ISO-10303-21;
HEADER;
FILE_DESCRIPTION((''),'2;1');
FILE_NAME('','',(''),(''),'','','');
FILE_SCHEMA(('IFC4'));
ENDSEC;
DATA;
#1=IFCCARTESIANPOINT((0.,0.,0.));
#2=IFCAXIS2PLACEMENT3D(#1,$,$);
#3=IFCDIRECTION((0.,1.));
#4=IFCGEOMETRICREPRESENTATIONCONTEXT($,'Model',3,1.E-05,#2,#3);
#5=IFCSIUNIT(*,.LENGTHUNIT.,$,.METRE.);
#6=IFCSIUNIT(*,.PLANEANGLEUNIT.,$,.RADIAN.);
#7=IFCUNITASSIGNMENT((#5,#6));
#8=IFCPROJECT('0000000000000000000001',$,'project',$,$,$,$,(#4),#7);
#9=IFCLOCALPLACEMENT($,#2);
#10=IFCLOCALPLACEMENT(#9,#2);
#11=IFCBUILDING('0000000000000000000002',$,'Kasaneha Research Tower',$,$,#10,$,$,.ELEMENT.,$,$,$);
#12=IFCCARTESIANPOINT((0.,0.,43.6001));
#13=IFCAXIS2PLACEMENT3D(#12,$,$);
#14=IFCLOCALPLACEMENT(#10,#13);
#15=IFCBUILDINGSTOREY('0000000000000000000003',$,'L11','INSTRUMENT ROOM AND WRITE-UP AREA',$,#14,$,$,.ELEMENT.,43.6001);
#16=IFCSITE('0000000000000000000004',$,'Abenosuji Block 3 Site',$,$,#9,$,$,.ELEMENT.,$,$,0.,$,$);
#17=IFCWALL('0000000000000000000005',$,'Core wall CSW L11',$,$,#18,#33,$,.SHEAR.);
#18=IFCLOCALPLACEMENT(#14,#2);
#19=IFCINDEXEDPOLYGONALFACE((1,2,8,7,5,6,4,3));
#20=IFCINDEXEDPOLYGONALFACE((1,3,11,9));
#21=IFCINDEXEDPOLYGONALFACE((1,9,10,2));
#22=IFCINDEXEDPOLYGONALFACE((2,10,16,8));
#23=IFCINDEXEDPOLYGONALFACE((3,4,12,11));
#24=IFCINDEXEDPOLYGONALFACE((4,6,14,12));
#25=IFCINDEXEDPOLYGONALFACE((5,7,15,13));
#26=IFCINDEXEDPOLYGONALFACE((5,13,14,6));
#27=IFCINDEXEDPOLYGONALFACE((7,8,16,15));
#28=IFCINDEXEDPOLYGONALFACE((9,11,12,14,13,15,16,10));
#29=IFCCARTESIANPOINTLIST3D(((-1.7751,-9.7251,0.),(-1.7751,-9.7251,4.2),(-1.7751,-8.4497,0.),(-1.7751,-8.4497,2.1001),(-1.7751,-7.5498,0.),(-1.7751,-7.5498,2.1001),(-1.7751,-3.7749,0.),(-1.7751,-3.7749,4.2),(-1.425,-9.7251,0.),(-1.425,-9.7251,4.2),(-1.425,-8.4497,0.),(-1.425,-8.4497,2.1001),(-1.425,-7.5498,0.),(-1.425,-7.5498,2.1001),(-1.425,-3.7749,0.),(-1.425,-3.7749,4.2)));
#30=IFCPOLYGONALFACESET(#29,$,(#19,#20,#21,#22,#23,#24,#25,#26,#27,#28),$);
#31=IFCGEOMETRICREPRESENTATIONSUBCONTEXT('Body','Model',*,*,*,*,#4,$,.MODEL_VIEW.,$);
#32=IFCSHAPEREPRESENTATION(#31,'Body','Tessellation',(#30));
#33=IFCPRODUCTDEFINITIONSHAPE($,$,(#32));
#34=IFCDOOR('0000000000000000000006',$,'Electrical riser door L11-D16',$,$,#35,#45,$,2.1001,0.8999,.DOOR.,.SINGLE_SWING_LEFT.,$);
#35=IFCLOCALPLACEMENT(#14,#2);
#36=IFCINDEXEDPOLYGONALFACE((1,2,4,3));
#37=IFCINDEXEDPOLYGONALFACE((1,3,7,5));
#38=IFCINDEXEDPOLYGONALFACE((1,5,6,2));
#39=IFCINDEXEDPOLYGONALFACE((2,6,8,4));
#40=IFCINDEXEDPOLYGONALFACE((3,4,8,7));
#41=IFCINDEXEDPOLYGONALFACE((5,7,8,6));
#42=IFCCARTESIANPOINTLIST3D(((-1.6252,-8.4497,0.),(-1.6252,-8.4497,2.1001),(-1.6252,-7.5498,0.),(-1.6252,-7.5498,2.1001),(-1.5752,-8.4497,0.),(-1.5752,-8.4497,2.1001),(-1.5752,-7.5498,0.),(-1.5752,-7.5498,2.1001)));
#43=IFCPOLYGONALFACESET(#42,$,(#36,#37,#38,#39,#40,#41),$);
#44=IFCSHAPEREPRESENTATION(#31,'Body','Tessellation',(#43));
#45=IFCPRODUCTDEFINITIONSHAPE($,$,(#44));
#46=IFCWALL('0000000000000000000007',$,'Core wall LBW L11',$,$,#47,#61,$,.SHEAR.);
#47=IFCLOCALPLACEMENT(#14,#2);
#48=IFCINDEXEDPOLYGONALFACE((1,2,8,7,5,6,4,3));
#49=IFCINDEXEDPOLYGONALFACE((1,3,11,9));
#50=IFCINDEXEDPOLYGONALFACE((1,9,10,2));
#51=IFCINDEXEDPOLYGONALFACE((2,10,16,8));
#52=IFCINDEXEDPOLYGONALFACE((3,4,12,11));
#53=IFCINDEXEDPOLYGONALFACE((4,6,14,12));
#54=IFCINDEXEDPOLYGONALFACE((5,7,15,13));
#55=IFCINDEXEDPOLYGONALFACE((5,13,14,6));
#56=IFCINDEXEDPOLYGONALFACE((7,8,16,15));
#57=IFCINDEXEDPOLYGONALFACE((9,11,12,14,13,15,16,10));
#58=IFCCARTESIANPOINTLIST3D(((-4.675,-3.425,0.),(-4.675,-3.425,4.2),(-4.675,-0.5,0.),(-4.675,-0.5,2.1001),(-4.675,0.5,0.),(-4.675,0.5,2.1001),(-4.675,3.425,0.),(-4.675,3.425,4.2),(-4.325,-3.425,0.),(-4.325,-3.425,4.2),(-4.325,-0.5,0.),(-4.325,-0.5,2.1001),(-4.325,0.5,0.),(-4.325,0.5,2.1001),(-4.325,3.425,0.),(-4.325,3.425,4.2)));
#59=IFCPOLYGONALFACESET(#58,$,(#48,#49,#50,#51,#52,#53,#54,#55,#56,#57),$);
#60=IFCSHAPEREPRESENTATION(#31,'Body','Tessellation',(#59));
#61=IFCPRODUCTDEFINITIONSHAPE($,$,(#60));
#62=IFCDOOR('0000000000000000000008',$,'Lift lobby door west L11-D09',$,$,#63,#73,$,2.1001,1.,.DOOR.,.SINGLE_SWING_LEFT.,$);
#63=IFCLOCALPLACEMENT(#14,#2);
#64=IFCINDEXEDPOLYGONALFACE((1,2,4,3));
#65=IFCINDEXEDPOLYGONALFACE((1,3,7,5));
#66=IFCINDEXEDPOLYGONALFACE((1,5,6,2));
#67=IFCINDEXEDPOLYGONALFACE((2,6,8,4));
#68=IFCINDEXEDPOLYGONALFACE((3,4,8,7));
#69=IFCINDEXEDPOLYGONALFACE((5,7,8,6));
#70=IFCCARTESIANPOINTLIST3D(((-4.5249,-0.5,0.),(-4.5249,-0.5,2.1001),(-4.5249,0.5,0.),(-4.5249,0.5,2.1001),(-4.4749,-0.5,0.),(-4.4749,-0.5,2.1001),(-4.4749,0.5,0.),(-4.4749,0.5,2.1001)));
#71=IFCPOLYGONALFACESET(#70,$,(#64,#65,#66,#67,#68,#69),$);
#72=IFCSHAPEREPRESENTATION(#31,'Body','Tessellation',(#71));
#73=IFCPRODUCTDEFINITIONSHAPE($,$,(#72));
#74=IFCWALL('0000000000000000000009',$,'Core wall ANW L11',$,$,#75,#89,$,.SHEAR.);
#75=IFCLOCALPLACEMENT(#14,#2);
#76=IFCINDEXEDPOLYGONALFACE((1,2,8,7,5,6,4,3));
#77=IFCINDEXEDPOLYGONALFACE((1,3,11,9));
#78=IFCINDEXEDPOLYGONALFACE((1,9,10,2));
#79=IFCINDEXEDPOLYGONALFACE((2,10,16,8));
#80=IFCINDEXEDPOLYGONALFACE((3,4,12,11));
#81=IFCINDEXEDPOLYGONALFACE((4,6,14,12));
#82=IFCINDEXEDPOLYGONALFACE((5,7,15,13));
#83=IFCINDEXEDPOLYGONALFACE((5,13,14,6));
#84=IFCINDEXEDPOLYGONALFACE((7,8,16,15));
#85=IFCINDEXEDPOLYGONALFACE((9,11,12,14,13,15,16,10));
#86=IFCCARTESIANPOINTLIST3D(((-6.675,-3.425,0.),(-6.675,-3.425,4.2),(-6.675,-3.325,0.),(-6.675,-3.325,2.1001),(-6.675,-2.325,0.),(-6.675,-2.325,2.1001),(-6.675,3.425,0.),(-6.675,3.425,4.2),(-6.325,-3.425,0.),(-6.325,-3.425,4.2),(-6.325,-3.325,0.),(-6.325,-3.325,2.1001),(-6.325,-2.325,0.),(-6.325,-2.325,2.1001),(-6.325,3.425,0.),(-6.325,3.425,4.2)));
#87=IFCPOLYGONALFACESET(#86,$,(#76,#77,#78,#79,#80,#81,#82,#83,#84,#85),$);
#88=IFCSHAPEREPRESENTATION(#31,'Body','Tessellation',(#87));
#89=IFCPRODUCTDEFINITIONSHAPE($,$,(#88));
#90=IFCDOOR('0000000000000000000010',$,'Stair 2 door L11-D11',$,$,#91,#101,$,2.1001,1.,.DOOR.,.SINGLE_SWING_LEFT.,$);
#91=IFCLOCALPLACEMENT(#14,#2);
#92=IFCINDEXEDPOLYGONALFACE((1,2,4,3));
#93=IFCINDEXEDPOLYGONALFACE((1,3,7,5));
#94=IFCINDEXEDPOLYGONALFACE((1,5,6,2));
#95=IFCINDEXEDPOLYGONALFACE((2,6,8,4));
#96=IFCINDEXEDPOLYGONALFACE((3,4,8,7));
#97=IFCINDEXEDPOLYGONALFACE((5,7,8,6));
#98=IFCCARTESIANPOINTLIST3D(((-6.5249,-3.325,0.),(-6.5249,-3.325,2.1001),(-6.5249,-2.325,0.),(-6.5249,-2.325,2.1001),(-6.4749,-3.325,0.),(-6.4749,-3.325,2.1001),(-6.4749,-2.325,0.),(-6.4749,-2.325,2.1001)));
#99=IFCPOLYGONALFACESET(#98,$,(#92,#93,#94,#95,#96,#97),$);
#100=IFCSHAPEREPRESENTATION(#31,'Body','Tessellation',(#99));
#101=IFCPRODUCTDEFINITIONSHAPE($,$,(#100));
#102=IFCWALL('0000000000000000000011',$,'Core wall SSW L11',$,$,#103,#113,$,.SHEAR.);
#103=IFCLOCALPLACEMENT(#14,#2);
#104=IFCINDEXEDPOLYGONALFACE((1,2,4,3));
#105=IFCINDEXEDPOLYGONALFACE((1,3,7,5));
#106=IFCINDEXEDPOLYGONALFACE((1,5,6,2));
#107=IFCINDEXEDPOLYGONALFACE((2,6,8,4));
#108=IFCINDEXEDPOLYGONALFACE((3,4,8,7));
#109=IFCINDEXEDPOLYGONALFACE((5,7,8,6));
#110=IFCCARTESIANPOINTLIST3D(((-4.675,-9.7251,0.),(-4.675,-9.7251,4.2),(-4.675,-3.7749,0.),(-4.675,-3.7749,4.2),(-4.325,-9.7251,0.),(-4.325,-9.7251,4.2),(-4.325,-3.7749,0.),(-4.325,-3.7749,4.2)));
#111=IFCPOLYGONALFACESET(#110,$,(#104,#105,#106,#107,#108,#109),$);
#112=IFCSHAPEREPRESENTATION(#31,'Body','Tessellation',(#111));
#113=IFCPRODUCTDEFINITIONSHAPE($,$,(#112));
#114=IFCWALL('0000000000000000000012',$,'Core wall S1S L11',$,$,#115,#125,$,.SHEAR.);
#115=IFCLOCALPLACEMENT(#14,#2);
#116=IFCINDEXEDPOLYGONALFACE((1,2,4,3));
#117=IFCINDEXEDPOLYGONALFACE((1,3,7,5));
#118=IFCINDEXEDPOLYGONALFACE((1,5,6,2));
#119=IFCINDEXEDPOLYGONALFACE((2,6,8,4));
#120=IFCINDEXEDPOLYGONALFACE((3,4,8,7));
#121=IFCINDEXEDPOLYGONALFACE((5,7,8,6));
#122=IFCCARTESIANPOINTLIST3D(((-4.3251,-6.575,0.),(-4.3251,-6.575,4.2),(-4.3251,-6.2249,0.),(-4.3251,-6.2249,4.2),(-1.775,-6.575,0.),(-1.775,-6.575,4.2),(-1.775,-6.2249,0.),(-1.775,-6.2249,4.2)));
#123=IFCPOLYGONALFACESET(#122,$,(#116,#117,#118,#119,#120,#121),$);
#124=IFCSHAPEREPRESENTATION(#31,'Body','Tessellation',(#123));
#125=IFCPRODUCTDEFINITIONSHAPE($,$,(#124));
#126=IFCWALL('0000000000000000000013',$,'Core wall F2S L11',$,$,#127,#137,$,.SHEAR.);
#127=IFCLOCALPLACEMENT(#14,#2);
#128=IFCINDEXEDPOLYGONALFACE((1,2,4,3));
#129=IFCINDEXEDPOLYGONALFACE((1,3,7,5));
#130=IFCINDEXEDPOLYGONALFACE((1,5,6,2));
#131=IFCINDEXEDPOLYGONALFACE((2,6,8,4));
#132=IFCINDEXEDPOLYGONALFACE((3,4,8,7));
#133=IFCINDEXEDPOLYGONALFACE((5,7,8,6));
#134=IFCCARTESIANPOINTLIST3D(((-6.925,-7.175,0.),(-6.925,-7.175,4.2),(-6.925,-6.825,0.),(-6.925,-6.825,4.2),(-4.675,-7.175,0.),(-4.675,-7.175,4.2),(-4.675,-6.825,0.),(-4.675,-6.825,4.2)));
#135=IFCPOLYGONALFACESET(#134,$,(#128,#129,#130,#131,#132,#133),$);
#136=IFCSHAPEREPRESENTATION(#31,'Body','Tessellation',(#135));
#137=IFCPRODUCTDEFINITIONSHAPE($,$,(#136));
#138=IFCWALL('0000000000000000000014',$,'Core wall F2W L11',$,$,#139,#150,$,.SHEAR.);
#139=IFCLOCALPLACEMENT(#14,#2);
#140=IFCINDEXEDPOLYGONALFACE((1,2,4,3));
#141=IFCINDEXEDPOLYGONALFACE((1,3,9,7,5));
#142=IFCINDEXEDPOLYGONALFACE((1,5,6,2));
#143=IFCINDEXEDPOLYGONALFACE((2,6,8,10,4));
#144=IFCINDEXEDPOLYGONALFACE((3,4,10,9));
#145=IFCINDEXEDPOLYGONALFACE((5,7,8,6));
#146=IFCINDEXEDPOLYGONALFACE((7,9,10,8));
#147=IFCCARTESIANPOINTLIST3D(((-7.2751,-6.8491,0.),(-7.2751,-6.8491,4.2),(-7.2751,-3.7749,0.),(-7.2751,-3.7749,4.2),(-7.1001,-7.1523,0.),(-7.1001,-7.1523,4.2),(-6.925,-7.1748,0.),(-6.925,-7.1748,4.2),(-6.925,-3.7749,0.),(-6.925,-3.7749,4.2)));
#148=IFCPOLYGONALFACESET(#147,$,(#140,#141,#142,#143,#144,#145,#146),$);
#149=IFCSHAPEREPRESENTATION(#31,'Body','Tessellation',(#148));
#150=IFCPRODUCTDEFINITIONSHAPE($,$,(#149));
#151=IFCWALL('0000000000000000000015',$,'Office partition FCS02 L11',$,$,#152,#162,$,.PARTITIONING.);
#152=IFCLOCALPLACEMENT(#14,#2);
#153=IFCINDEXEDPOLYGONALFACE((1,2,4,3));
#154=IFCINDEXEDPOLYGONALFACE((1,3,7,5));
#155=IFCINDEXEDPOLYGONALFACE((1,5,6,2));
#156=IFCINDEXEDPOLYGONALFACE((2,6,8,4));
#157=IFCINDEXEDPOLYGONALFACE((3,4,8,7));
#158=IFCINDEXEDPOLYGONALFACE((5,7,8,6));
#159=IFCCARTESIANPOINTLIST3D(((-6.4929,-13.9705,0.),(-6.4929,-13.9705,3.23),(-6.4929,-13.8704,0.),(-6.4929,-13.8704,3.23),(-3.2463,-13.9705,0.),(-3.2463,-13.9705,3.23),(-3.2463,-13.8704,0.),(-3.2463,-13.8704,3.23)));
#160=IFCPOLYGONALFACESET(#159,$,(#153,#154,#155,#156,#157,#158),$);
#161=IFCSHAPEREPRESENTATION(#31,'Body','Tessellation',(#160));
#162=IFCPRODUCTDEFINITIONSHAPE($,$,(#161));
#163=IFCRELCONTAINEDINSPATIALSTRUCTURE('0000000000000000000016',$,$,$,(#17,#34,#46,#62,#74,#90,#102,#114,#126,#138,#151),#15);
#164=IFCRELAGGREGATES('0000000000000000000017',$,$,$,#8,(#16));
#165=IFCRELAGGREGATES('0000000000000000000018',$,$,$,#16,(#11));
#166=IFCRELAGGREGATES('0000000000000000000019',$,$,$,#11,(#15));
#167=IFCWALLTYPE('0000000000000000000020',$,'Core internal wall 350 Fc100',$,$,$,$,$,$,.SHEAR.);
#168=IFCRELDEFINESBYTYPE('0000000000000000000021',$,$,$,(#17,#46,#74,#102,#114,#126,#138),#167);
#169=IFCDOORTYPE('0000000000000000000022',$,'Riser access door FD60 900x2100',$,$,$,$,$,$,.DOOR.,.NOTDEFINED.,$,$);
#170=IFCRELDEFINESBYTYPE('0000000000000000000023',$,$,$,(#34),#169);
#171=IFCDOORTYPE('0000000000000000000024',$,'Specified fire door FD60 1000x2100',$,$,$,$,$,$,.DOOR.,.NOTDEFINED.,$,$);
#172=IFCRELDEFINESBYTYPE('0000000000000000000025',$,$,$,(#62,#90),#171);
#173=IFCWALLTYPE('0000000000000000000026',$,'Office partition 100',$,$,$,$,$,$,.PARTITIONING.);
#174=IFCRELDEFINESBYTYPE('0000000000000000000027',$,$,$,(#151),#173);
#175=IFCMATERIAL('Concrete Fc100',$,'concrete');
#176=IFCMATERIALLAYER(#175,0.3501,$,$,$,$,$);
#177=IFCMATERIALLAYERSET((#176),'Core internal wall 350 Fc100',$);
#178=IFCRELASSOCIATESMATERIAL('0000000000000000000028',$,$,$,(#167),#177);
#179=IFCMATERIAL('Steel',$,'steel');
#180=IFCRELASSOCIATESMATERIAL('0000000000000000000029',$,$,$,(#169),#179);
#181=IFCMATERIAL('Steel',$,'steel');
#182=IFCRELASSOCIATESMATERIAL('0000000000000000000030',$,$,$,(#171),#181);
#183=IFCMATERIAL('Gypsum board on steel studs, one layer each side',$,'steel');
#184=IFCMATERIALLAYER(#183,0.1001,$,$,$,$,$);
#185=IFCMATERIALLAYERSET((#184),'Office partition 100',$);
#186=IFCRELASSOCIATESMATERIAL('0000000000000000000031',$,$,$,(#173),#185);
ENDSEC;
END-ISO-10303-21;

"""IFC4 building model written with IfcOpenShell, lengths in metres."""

from ifc_helpers import new_model, si_unit, direction, frame, frame_2d, origin, place, context, subcontext, project, spatial, polyline, rectangle, outline, extrude, material, layer, layer_set, type_object, element, fill, save


model = new_model("IFC4")

# Units and contexts
model_context = context("Model", 3, precision=1e-05, world=origin(), true_north=direction((0.0, 1.0)))
body_context = subcontext(model_context, "Body", "Model", "MODEL_VIEW")
ifc_project = project(units=[si_unit("LENGTHUNIT", "METRE"), si_unit("PLANEANGLEUNIT", "RADIAN")], contexts=[model_context])

# Site, building, storey
site_placement = place(None, origin())
site = spatial("IfcSite", under=ifc_project, at=site_placement, Name="Abenosuji Block 3 Site", CompositionType="ELEMENT", RefElevation=0.0)
building_placement = place(site_placement, origin())
building = spatial("IfcBuilding", under=site, at=building_placement, Name="Kasaneha Research Tower", CompositionType="ELEMENT")
storey_placement = place(building_placement, frame((0.0, 0.0, 43.6001)))
storey = spatial("IfcBuildingStorey", under=building, at=storey_placement, Name="L11", Description="INSTRUMENT ROOM AND WRITE-UP AREA", CompositionType="ELEMENT", Elevation=43.6001)

# Walls, openings, doors
ifc_material_1 = material(Name="Concrete Fc100", Category="concrete")
ifc_layer_1 = layer(ifc_material_1, 0.3501)
ifc_layer_set_1 = layer_set([ifc_layer_1], Name="Core internal wall 350 Fc100")
wall_type_1 = type_object("IfcWallType", Name="Core internal wall 350 Fc100", PredefinedType="SHEAR", material=ifc_layer_set_1)
wall_1_placement = place(storey_placement, frame((-1.6001, -3.7749, 0.0), z_axis=(0.0, 0.0, 1.0), x_axis=(0.0, -1.0, 0.0)))
wall_1 = element("IfcWall", 1, at=wall_1_placement, inside=storey, type_object=wall_type_1, Name="Core wall CSW L11", PredefinedType="SHEAR", context=body_context, shape_type="SweptSolid", body=[
    extrude(rectangle(XDim=5.9502, YDim=0.3501, at=frame_2d((2.9751, 0.0))), origin(), (0.0, 0.0, 1.0), 4.2),
])
opening_1_placement = place(wall_1_placement, frame((3.7749, 0.0, 0.0)))
opening_1 = element("IfcOpeningElement", 2, at=opening_1_placement, cuts=wall_1, PredefinedType="OPENING", context=body_context, shape_type="SweptSolid", body=[
    extrude(rectangle(XDim=0.8999, YDim=2.1001, at=frame_2d((0.45, 1.05))), frame((0.0, 0.1851, 0.0), z_axis=(0.0, -1.0, 0.0), x_axis=(1.0, 0.0, 0.0)), (0.0, 0.0, 1.0), 0.3701),
])
ifc_material_2 = material(Name="Steel", Category="steel")
door_type_1 = type_object("IfcDoorType", Name="Riser access door FD60 900x2100", OperationType="NOTDEFINED", PredefinedType="DOOR", material=ifc_material_2)
door_1_placement = place(opening_1_placement, origin())
door_1 = element("IfcDoor", 3, at=door_1_placement, inside=storey, type_object=door_type_1, Name="Electrical riser door L11-D16", OperationType="SINGLE_SWING_LEFT", OverallHeight=2.1001, OverallWidth=0.8999, PredefinedType="DOOR", context=body_context, shape_type="SweptSolid", body=[
    extrude(rectangle(XDim=0.8999, YDim=2.1001, at=frame_2d((0.45, 1.05))), frame((0.0, 0.0249, 0.0), z_axis=(0.0, -1.0, 0.0), x_axis=(1.0, 0.0, 0.0)), (0.0, 0.0, 1.0), 0.05),
])
fill(opening_1, door_1)
wall_2_placement = place(storey_placement, frame((-4.5, -3.425, 0.0), z_axis=(0.0, 0.0, 1.0), x_axis=(0.0, 1.0, 0.0)))
wall_2 = element("IfcWall", 4, at=wall_2_placement, inside=storey, type_object=wall_type_1, Name="Core wall LBW L11", PredefinedType="SHEAR", context=body_context, shape_type="SweptSolid", body=[
    extrude(rectangle(XDim=6.8501, YDim=0.3501, at=frame_2d((3.425, 0.0))), origin(), (0.0, 0.0, 1.0), 4.2),
])
opening_2_placement = place(wall_2_placement, frame((2.925, 0.0, 0.0)))
opening_2 = element("IfcOpeningElement", 5, at=opening_2_placement, cuts=wall_2, PredefinedType="OPENING", context=body_context, shape_type="SweptSolid", body=[
    extrude(rectangle(XDim=1.0, YDim=2.1001, at=frame_2d((0.5, 1.05))), frame((0.0, 0.1851, 0.0), z_axis=(0.0, -1.0, 0.0), x_axis=(1.0, 0.0, 0.0)), (0.0, 0.0, 1.0), 0.3701),
])
ifc_material_3 = material(Name="Steel", Category="steel")
door_type_2 = type_object("IfcDoorType", Name="Specified fire door FD60 1000x2100", OperationType="NOTDEFINED", PredefinedType="DOOR", material=ifc_material_3)
door_2_placement = place(opening_2_placement, origin())
door_2 = element("IfcDoor", 6, at=door_2_placement, inside=storey, type_object=door_type_2, Name="Lift lobby door west L11-D09", OperationType="SINGLE_SWING_LEFT", OverallHeight=2.1001, OverallWidth=1.0, PredefinedType="DOOR", context=body_context, shape_type="SweptSolid", body=[
    extrude(rectangle(XDim=1.0, YDim=2.1001, at=frame_2d((0.5, 1.05))), frame((0.0, 0.0249, 0.0), z_axis=(0.0, -1.0, 0.0), x_axis=(1.0, 0.0, 0.0)), (0.0, 0.0, 1.0), 0.05),
])
fill(opening_2, door_2)
wall_3_placement = place(storey_placement, frame((-6.5, -3.425, 0.0), z_axis=(0.0, 0.0, 1.0), x_axis=(0.0, 1.0, 0.0)))
wall_3 = element("IfcWall", 7, at=wall_3_placement, inside=storey, type_object=wall_type_1, Name="Core wall ANW L11", PredefinedType="SHEAR", context=body_context, shape_type="SweptSolid", body=[
    extrude(rectangle(XDim=6.8501, YDim=0.3501, at=frame_2d((3.425, 0.0))), origin(), (0.0, 0.0, 1.0), 4.2),
])
opening_3_placement = place(wall_3_placement, frame((0.1001, 0.0, 0.0)))
opening_3 = element("IfcOpeningElement", 8, at=opening_3_placement, cuts=wall_3, PredefinedType="OPENING", context=body_context, shape_type="SweptSolid", body=[
    extrude(rectangle(XDim=1.0, YDim=2.1001, at=frame_2d((0.5, 1.05))), frame((0.0, 0.1851, 0.0), z_axis=(0.0, -1.0, 0.0), x_axis=(1.0, 0.0, 0.0)), (0.0, 0.0, 1.0), 0.3701),
])
door_3_placement = place(opening_3_placement, origin())
door_3 = element("IfcDoor", 9, at=door_3_placement, inside=storey, type_object=door_type_2, Name="Stair 2 door L11-D11", OperationType="SINGLE_SWING_LEFT", OverallHeight=2.1001, OverallWidth=1.0, PredefinedType="DOOR", context=body_context, shape_type="SweptSolid", body=[
    extrude(rectangle(XDim=1.0, YDim=2.1001, at=frame_2d((0.5, 1.05))), frame((0.0, 0.0249, 0.0), z_axis=(0.0, -1.0, 0.0), x_axis=(1.0, 0.0, 0.0)), (0.0, 0.0, 1.0), 0.05),
])
fill(opening_3, door_3)

# Walls
wall_4_placement = place(storey_placement, frame((-4.5, -3.7749, 0.0), z_axis=(0.0, 0.0, 1.0), x_axis=(0.0, -1.0, 0.0)))
element("IfcWall", 10, at=wall_4_placement, inside=storey, type_object=wall_type_1, Name="Core wall SSW L11", PredefinedType="SHEAR", context=body_context, shape_type="SweptSolid", body=[
    extrude(rectangle(XDim=5.9502, YDim=0.3501, at=frame_2d((2.9751, 0.0))), origin(), (0.0, 0.0, 1.0), 4.2),
])
wall_5_placement = place(storey_placement, frame((-4.325, -6.3999, 0.0), z_axis=(0.0, 0.0, 1.0), x_axis=(1.0, 0.0, 0.0)))
element("IfcWall", 11, at=wall_5_placement, inside=storey, type_object=wall_type_1, Name="Core wall S1S L11", PredefinedType="SHEAR", context=body_context, shape_type="SweptSolid", body=[
    extrude(rectangle(XDim=2.55, YDim=0.3501, at=frame_2d((1.2749, 0.0))), origin(), (0.0, 0.0, 1.0), 4.2),
])
wall_6_placement = place(storey_placement, frame((-6.925, -7.0, 0.0), z_axis=(0.0, 0.0, 1.0), x_axis=(1.0, 0.0, 0.0)))
element("IfcWall", 12, at=wall_6_placement, inside=storey, type_object=wall_type_1, Name="Core wall F2S L11", PredefinedType="SHEAR", context=body_context, shape_type="SweptSolid", body=[
    extrude(rectangle(XDim=2.25, YDim=0.3501, at=frame_2d((1.125, 0.0))), origin(), (0.0, 0.0, 1.0), 4.2),
])
wall_7_placement = place(storey_placement, frame((-7.1001, -3.7749, 0.0), z_axis=(0.0, 0.0, 1.0), x_axis=(0.0, -1.0, 0.0)))
element("IfcWall", 13, at=wall_7_placement, inside=storey, type_object=wall_type_1, Name="Core wall F2W L11", PredefinedType="SHEAR", context=body_context, shape_type="SweptSolid", body=[
    extrude(outline(polyline([(0.0, -0.175), (3.0742, -0.175), (3.3774, 0.0), (3.3999, 0.175), (0.0, 0.175), (0.0, -0.175)])), origin(), (0.0, 0.0, 1.0), 4.2),
])

# Wall
ifc_material_4 = material(Name="Gypsum board on steel studs, one layer each side", Category="steel")
ifc_layer_2 = layer(ifc_material_4, 0.1001)
ifc_layer_set_2 = layer_set([ifc_layer_2], Name="Office partition 100")
wall_type_2 = type_object("IfcWallType", Name="Office partition 100", PredefinedType="PARTITIONING", material=ifc_layer_set_2)
wall_8_placement = place(storey_placement, frame((-6.4929, -13.9204, 0.0), z_axis=(0.0, 0.0, 1.0), x_axis=(1.0, 0.0, 0.0)))
element("IfcWall", 14, at=wall_8_placement, inside=storey, type_object=wall_type_2, Name="Office partition FCS02 L11", PredefinedType="PARTITIONING", context=body_context, shape_type="SweptSolid", body=[
    extrude(rectangle(XDim=3.2466, YDim=0.1001, at=frame_2d((1.6233, 0.0))), origin(), (0.0, 0.0, 1.0), 3.23),
])

save(model, "model.ifc")
